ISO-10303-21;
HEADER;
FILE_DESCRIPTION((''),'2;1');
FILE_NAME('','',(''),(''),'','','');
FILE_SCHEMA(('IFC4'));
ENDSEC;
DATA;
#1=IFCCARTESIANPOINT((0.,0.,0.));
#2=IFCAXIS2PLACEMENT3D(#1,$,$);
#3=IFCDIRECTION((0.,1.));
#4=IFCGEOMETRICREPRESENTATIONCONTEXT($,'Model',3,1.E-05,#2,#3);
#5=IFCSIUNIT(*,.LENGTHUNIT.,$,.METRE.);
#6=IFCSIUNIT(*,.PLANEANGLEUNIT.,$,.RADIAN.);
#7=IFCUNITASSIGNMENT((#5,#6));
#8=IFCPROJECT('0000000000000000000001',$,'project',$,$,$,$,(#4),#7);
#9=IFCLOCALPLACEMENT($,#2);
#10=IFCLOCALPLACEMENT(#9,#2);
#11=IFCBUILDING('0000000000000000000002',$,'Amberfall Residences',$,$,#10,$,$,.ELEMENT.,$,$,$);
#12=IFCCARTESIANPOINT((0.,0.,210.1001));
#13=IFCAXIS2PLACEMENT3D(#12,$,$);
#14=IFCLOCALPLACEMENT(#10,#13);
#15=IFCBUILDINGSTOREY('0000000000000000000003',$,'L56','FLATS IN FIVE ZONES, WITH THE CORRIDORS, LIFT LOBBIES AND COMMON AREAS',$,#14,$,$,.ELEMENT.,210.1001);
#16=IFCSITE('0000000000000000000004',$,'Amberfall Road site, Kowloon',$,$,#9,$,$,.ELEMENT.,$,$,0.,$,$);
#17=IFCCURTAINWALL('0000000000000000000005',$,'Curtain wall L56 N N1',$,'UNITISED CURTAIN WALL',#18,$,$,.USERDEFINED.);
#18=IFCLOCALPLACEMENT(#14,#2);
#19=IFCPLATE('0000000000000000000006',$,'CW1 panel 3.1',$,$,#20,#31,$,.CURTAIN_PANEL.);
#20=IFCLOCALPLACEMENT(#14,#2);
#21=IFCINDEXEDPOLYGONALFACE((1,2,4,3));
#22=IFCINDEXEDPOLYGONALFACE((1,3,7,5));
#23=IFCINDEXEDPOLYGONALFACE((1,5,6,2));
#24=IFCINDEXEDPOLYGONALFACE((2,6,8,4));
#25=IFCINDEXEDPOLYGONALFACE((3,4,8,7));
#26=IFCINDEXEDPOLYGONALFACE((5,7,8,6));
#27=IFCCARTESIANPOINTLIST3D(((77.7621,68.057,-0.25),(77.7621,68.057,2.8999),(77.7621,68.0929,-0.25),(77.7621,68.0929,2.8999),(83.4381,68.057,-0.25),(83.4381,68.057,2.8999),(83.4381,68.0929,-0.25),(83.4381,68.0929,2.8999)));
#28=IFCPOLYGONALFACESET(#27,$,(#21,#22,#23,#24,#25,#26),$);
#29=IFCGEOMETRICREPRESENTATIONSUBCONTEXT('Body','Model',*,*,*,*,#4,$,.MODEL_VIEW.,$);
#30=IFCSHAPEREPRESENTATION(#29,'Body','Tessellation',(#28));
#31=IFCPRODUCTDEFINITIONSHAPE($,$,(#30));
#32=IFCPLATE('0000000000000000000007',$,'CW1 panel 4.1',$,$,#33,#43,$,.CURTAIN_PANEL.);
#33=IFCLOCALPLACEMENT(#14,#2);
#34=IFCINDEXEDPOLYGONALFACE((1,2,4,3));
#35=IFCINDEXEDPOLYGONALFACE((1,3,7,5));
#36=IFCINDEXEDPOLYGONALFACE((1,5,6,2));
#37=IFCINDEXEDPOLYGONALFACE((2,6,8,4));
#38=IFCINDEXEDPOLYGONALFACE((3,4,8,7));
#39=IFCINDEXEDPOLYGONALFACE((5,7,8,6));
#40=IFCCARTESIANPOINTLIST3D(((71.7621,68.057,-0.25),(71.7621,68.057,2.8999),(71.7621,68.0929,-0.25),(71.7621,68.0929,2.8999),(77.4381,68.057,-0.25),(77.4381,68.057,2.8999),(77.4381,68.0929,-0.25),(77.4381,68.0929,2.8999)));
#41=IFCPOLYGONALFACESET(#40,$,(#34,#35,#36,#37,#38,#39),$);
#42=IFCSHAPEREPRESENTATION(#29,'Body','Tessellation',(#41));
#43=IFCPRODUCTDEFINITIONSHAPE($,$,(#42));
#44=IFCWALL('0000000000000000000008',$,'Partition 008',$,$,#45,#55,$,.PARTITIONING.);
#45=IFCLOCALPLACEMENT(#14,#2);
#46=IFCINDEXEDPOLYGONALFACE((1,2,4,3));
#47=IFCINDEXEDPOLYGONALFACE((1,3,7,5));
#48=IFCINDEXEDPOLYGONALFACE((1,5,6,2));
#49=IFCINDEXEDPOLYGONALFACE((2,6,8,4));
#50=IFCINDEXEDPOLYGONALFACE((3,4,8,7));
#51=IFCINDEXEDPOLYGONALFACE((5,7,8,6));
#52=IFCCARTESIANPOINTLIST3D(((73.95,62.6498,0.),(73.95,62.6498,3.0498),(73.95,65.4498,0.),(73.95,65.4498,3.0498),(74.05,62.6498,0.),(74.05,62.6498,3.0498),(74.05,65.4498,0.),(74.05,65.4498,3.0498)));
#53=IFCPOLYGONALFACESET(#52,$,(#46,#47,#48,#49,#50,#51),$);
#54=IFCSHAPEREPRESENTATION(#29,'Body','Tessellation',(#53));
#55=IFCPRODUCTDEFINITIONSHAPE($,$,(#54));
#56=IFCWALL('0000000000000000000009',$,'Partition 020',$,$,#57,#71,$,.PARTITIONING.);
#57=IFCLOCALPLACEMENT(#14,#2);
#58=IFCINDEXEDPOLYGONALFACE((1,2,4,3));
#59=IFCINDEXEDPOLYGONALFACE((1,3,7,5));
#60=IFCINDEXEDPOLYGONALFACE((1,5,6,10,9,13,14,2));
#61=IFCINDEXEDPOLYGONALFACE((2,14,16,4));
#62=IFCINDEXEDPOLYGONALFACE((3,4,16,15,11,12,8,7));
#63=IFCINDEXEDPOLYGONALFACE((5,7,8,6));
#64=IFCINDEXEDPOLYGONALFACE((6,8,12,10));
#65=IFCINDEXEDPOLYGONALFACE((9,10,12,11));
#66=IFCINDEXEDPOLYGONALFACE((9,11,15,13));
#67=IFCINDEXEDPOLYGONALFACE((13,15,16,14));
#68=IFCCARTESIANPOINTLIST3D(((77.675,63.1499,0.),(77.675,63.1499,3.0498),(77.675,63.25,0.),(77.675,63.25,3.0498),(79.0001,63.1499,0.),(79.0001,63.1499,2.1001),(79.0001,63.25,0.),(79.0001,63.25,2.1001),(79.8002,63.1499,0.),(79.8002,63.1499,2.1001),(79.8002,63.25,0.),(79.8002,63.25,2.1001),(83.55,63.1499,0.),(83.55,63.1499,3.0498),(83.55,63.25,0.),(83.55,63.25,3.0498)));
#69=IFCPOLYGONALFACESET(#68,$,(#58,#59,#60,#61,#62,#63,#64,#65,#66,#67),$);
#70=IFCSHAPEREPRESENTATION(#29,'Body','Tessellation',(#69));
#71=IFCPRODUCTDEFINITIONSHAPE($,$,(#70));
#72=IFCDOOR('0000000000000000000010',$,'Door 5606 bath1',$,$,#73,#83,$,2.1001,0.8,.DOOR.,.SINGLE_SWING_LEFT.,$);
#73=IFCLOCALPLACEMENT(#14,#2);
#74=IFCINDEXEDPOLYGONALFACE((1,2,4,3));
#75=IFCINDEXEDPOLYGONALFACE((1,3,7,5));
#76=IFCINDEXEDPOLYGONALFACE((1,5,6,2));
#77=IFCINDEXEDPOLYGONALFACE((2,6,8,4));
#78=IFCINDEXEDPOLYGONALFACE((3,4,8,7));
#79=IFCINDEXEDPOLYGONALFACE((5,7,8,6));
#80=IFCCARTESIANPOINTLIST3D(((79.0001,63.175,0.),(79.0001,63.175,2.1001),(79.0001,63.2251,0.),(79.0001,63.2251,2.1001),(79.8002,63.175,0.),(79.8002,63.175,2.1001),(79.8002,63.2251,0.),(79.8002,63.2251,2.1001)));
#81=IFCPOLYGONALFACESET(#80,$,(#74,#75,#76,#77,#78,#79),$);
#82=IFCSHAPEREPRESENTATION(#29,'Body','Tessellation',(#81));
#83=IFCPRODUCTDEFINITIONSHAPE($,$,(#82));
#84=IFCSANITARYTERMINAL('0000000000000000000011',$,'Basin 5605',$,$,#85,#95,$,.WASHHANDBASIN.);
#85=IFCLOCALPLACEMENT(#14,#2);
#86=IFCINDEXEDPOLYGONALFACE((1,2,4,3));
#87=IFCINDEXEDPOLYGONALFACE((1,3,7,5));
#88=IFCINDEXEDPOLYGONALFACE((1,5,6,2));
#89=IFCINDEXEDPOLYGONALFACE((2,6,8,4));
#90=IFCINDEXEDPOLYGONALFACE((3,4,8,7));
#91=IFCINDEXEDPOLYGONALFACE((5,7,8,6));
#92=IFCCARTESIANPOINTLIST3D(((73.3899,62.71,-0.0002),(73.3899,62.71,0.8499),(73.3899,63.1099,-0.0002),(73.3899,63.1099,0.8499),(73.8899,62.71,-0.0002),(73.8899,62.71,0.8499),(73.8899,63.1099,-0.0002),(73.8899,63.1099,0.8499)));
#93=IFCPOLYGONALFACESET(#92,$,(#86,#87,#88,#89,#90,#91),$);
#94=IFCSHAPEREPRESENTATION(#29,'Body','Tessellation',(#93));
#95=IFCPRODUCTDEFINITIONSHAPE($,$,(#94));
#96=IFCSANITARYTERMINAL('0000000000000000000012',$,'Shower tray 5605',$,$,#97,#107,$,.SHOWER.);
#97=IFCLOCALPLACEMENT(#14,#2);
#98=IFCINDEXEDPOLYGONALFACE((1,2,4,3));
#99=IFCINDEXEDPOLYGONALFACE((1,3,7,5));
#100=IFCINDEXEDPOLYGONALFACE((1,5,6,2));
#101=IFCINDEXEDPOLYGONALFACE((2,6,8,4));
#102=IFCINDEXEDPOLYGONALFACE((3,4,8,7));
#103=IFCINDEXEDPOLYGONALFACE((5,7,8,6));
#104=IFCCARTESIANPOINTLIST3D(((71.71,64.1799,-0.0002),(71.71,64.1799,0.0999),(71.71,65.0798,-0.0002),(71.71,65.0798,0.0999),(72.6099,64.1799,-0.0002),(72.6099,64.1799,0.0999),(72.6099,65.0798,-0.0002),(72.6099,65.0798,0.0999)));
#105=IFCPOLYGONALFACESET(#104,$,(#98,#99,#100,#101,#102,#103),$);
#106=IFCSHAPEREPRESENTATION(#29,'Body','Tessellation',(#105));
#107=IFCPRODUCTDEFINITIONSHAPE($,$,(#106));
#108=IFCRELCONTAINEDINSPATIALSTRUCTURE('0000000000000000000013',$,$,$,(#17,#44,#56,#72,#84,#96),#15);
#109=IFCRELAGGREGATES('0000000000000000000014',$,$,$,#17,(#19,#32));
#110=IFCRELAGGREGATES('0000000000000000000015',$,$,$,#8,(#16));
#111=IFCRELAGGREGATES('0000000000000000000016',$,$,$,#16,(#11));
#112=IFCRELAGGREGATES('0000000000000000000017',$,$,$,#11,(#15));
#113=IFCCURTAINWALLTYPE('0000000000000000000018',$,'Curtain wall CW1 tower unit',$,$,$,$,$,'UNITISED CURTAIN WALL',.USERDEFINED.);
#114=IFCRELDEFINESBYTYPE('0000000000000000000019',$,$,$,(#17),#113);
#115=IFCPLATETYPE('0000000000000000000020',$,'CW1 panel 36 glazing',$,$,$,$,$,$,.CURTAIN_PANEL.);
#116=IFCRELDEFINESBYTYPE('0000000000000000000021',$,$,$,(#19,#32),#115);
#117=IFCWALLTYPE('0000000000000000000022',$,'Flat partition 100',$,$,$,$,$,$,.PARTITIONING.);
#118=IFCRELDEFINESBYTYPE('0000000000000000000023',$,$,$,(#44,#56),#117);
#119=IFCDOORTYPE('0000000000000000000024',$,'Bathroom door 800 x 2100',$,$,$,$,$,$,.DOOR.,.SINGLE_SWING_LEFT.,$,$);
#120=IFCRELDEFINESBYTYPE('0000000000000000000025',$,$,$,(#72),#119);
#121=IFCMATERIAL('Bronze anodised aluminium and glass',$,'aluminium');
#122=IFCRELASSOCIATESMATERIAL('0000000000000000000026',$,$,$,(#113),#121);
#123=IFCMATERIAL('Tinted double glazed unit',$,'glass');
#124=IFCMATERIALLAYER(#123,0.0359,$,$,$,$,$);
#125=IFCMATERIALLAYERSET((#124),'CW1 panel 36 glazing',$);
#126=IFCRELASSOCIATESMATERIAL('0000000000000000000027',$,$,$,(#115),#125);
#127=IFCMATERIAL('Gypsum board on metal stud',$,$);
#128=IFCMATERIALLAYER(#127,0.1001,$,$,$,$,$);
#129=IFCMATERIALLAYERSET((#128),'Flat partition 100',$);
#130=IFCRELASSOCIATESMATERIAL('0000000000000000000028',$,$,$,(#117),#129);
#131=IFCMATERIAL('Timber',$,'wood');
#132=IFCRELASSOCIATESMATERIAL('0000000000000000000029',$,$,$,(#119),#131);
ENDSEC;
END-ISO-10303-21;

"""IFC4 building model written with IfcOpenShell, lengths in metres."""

from ifc_helpers import new_model, si_unit, direction, frame, frame_2d, origin, origin_2d, place, context, subcontext, project, spatial, rectangle, extrude, material, layer, layer_set, type_object, element, fill, aggregate, save


model = new_model("IFC4")

# Units and contexts
model_context = context("Model", 3, precision=1e-05, world=origin(), true_north=direction((0.0, 1.0)))
body_context = subcontext(model_context, "Body", "Model", "MODEL_VIEW")
ifc_project = project(units=[si_unit("LENGTHUNIT", "METRE"), si_unit("PLANEANGLEUNIT", "RADIAN")], contexts=[model_context])

# Site, building, storey
site_placement = place(None, origin())
site = spatial("IfcSite", under=ifc_project, at=site_placement, Name="Amberfall Road site, Kowloon", CompositionType="ELEMENT", RefElevation=0.0)
building_placement = place(site_placement, origin())
building = spatial("IfcBuilding", under=site, at=building_placement, Name="Amberfall Residences", CompositionType="ELEMENT")
storey_placement = place(building_placement, frame((0.0, 0.0, 210.1001)))
storey = spatial("IfcBuildingStorey", under=building, at=storey_placement, Name="L56", Description="FLATS IN FIVE ZONES, WITH THE CORRIDORS, LIFT LOBBIES AND COMMON AREAS", CompositionType="ELEMENT", Elevation=210.1001)

# Curtain wall
ifc_material_1 = material(Name="Bronze anodised aluminium and glass", Category="aluminium")
curtain_wall_type = type_object("IfcCurtainWallType", Name="Curtain wall CW1 tower unit", ElementType="UNITISED CURTAIN WALL", PredefinedType="USERDEFINED", material=ifc_material_1)
curtain_wall_placement = place(storey_placement, origin())
curtain_wall = element("IfcCurtainWall", 1, at=curtain_wall_placement, inside=storey, type_object=curtain_wall_type, Name="Curtain wall L56 N N1", ObjectType="UNITISED CURTAIN WALL", PredefinedType="USERDEFINED")

# Plates
ifc_material_2 = material(Name="Tinted double glazed unit", Category="glass")
ifc_layer_1 = layer(ifc_material_2, 0.0359)
ifc_layer_set_1 = layer_set([ifc_layer_1], Name="CW1 panel 36 glazing")
plate_type = type_object("IfcPlateType", Name="CW1 panel 36 glazing", PredefinedType="CURTAIN_PANEL", material=ifc_layer_set_1)
plate_1_placement = place(storey_placement, frame((80.6001, 68.075, -0.25), z_axis=(0.0, 0.0, 1.0), x_axis=(-1.0, 0.0, 0.0)))
plate_1 = element("IfcPlate", 2, at=plate_1_placement, type_object=plate_type, Name="CW1 panel 3.1", PredefinedType="CURTAIN_PANEL", context=body_context, shape_type="SweptSolid", body=[
    extrude(rectangle(XDim=5.676, YDim=0.0359, at=origin_2d()), origin(), (0.0, 0.0, 1.0), 3.1499),
])
plate_2_placement = place(storey_placement, frame((74.6001, 68.075, -0.25), z_axis=(0.0, 0.0, 1.0), x_axis=(-1.0, 0.0, 0.0)))
plate_2 = element("IfcPlate", 3, at=plate_2_placement, type_object=plate_type, Name="CW1 panel 4.1", PredefinedType="CURTAIN_PANEL", context=body_context, shape_type="SweptSolid", body=[
    extrude(rectangle(XDim=5.676, YDim=0.0359, at=origin_2d()), origin(), (0.0, 0.0, 1.0), 3.1499),
])
aggregate(curtain_wall, [plate_1, plate_2])

# Wall
ifc_material_3 = material(Name="Gypsum board on metal stud")
ifc_layer_2 = layer(ifc_material_3, 0.1001)
ifc_layer_set_2 = layer_set([ifc_layer_2], Name="Flat partition 100")
wall_type = type_object("IfcWallType", Name="Flat partition 100", PredefinedType="PARTITIONING", material=ifc_layer_set_2)
wall_1_placement = place(storey_placement, frame((74.0, 62.6499, 0.0), z_axis=(0.0, 0.0, 1.0), x_axis=(0.0, 1.0, 0.0)))
element("IfcWall", 4, at=wall_1_placement, inside=storey, type_object=wall_type, Name="Partition 008", PredefinedType="PARTITIONING", context=body_context, shape_type="SweptSolid", body=[
    extrude(rectangle(XDim=2.8, YDim=0.1001, at=frame_2d((1.3999, 0.0))), origin(), (0.0, 0.0, 1.0), 3.0498),
])

# Wall, opening, door
wall_2_placement = place(storey_placement, frame((83.55, 63.2, 0.0), z_axis=(0.0, 0.0, 1.0), x_axis=(-1.0, 0.0, 0.0)))
wall_2 = element("IfcWall", 5, at=wall_2_placement, inside=storey, type_object=wall_type, Name="Partition 020", PredefinedType="PARTITIONING", context=body_context, shape_type="SweptSolid", body=[
    extrude(rectangle(XDim=5.875, YDim=0.1001, at=frame_2d((2.9375, 0.0))), origin(), (0.0, 0.0, 1.0), 3.0498),
])
opening_placement = place(wall_2_placement, frame((3.75, 0.0, 0.0)))
opening = element("IfcOpeningElement", 6, at=opening_placement, cuts=wall_2, PredefinedType="OPENING", context=body_context, shape_type="SweptSolid", body=[
    extrude(rectangle(XDim=0.8, YDim=2.1001, at=frame_2d((0.3999, 1.05))), frame((0.0, 0.0601, 0.0), z_axis=(0.0, -1.0, 0.0), x_axis=(1.0, 0.0, 0.0)), (0.0, 0.0, 1.0), 0.1201),
])
ifc_material_4 = material(Name="Timber", Category="wood")
door_type = type_object("IfcDoorType", Name="Bathroom door 800 x 2100", OperationType="SINGLE_SWING_LEFT", PredefinedType="DOOR", material=ifc_material_4)
door_placement = place(opening_placement, origin())
door = element("IfcDoor", 7, at=door_placement, inside=storey, type_object=door_type, Name="Door 5606 bath1", OperationType="SINGLE_SWING_LEFT", OverallHeight=2.1001, OverallWidth=0.8, PredefinedType="DOOR", context=body_context, shape_type="SweptSolid", body=[
    extrude(rectangle(XDim=0.8, YDim=2.1001, at=frame_2d((0.3999, 1.05))), frame((0.0, 0.0249, 0.0), z_axis=(0.0, -1.0, 0.0), x_axis=(1.0, 0.0, 0.0)), (0.0, 0.0, 1.0), 0.05),
])
fill(opening, door)

# Sanitary terminals
sanitary_terminal_1_placement = place(storey_placement, frame((73.6399, 62.9099, -0.0002), z_axis=(0.0, 0.0, 1.0), x_axis=(1.0, 0.0, 0.0)))
element("IfcSanitaryTerminal", 8, at=sanitary_terminal_1_placement, inside=storey, Name="Basin 5605", PredefinedType="WASHHANDBASIN", context=body_context, shape_type="SweptSolid", body=[
    extrude(rectangle(XDim=0.5, YDim=0.3999, at=origin_2d()), origin(), (0.0, 0.0, 1.0), 0.8501),
])
sanitary_terminal_2_placement = place(storey_placement, frame((72.1599, 64.6299, -0.0002), z_axis=(0.0, 0.0, 1.0), x_axis=(1.0, 0.0, 0.0)))
element("IfcSanitaryTerminal", 9, at=sanitary_terminal_2_placement, inside=storey, Name="Shower tray 5605", PredefinedType="SHOWER", context=body_context, shape_type="SweptSolid", body=[
    extrude(rectangle(XDim=0.8999, YDim=0.8999, at=origin_2d()), origin(), (0.0, 0.0, 1.0), 0.1001),
])

save(model, "model.ifc")
